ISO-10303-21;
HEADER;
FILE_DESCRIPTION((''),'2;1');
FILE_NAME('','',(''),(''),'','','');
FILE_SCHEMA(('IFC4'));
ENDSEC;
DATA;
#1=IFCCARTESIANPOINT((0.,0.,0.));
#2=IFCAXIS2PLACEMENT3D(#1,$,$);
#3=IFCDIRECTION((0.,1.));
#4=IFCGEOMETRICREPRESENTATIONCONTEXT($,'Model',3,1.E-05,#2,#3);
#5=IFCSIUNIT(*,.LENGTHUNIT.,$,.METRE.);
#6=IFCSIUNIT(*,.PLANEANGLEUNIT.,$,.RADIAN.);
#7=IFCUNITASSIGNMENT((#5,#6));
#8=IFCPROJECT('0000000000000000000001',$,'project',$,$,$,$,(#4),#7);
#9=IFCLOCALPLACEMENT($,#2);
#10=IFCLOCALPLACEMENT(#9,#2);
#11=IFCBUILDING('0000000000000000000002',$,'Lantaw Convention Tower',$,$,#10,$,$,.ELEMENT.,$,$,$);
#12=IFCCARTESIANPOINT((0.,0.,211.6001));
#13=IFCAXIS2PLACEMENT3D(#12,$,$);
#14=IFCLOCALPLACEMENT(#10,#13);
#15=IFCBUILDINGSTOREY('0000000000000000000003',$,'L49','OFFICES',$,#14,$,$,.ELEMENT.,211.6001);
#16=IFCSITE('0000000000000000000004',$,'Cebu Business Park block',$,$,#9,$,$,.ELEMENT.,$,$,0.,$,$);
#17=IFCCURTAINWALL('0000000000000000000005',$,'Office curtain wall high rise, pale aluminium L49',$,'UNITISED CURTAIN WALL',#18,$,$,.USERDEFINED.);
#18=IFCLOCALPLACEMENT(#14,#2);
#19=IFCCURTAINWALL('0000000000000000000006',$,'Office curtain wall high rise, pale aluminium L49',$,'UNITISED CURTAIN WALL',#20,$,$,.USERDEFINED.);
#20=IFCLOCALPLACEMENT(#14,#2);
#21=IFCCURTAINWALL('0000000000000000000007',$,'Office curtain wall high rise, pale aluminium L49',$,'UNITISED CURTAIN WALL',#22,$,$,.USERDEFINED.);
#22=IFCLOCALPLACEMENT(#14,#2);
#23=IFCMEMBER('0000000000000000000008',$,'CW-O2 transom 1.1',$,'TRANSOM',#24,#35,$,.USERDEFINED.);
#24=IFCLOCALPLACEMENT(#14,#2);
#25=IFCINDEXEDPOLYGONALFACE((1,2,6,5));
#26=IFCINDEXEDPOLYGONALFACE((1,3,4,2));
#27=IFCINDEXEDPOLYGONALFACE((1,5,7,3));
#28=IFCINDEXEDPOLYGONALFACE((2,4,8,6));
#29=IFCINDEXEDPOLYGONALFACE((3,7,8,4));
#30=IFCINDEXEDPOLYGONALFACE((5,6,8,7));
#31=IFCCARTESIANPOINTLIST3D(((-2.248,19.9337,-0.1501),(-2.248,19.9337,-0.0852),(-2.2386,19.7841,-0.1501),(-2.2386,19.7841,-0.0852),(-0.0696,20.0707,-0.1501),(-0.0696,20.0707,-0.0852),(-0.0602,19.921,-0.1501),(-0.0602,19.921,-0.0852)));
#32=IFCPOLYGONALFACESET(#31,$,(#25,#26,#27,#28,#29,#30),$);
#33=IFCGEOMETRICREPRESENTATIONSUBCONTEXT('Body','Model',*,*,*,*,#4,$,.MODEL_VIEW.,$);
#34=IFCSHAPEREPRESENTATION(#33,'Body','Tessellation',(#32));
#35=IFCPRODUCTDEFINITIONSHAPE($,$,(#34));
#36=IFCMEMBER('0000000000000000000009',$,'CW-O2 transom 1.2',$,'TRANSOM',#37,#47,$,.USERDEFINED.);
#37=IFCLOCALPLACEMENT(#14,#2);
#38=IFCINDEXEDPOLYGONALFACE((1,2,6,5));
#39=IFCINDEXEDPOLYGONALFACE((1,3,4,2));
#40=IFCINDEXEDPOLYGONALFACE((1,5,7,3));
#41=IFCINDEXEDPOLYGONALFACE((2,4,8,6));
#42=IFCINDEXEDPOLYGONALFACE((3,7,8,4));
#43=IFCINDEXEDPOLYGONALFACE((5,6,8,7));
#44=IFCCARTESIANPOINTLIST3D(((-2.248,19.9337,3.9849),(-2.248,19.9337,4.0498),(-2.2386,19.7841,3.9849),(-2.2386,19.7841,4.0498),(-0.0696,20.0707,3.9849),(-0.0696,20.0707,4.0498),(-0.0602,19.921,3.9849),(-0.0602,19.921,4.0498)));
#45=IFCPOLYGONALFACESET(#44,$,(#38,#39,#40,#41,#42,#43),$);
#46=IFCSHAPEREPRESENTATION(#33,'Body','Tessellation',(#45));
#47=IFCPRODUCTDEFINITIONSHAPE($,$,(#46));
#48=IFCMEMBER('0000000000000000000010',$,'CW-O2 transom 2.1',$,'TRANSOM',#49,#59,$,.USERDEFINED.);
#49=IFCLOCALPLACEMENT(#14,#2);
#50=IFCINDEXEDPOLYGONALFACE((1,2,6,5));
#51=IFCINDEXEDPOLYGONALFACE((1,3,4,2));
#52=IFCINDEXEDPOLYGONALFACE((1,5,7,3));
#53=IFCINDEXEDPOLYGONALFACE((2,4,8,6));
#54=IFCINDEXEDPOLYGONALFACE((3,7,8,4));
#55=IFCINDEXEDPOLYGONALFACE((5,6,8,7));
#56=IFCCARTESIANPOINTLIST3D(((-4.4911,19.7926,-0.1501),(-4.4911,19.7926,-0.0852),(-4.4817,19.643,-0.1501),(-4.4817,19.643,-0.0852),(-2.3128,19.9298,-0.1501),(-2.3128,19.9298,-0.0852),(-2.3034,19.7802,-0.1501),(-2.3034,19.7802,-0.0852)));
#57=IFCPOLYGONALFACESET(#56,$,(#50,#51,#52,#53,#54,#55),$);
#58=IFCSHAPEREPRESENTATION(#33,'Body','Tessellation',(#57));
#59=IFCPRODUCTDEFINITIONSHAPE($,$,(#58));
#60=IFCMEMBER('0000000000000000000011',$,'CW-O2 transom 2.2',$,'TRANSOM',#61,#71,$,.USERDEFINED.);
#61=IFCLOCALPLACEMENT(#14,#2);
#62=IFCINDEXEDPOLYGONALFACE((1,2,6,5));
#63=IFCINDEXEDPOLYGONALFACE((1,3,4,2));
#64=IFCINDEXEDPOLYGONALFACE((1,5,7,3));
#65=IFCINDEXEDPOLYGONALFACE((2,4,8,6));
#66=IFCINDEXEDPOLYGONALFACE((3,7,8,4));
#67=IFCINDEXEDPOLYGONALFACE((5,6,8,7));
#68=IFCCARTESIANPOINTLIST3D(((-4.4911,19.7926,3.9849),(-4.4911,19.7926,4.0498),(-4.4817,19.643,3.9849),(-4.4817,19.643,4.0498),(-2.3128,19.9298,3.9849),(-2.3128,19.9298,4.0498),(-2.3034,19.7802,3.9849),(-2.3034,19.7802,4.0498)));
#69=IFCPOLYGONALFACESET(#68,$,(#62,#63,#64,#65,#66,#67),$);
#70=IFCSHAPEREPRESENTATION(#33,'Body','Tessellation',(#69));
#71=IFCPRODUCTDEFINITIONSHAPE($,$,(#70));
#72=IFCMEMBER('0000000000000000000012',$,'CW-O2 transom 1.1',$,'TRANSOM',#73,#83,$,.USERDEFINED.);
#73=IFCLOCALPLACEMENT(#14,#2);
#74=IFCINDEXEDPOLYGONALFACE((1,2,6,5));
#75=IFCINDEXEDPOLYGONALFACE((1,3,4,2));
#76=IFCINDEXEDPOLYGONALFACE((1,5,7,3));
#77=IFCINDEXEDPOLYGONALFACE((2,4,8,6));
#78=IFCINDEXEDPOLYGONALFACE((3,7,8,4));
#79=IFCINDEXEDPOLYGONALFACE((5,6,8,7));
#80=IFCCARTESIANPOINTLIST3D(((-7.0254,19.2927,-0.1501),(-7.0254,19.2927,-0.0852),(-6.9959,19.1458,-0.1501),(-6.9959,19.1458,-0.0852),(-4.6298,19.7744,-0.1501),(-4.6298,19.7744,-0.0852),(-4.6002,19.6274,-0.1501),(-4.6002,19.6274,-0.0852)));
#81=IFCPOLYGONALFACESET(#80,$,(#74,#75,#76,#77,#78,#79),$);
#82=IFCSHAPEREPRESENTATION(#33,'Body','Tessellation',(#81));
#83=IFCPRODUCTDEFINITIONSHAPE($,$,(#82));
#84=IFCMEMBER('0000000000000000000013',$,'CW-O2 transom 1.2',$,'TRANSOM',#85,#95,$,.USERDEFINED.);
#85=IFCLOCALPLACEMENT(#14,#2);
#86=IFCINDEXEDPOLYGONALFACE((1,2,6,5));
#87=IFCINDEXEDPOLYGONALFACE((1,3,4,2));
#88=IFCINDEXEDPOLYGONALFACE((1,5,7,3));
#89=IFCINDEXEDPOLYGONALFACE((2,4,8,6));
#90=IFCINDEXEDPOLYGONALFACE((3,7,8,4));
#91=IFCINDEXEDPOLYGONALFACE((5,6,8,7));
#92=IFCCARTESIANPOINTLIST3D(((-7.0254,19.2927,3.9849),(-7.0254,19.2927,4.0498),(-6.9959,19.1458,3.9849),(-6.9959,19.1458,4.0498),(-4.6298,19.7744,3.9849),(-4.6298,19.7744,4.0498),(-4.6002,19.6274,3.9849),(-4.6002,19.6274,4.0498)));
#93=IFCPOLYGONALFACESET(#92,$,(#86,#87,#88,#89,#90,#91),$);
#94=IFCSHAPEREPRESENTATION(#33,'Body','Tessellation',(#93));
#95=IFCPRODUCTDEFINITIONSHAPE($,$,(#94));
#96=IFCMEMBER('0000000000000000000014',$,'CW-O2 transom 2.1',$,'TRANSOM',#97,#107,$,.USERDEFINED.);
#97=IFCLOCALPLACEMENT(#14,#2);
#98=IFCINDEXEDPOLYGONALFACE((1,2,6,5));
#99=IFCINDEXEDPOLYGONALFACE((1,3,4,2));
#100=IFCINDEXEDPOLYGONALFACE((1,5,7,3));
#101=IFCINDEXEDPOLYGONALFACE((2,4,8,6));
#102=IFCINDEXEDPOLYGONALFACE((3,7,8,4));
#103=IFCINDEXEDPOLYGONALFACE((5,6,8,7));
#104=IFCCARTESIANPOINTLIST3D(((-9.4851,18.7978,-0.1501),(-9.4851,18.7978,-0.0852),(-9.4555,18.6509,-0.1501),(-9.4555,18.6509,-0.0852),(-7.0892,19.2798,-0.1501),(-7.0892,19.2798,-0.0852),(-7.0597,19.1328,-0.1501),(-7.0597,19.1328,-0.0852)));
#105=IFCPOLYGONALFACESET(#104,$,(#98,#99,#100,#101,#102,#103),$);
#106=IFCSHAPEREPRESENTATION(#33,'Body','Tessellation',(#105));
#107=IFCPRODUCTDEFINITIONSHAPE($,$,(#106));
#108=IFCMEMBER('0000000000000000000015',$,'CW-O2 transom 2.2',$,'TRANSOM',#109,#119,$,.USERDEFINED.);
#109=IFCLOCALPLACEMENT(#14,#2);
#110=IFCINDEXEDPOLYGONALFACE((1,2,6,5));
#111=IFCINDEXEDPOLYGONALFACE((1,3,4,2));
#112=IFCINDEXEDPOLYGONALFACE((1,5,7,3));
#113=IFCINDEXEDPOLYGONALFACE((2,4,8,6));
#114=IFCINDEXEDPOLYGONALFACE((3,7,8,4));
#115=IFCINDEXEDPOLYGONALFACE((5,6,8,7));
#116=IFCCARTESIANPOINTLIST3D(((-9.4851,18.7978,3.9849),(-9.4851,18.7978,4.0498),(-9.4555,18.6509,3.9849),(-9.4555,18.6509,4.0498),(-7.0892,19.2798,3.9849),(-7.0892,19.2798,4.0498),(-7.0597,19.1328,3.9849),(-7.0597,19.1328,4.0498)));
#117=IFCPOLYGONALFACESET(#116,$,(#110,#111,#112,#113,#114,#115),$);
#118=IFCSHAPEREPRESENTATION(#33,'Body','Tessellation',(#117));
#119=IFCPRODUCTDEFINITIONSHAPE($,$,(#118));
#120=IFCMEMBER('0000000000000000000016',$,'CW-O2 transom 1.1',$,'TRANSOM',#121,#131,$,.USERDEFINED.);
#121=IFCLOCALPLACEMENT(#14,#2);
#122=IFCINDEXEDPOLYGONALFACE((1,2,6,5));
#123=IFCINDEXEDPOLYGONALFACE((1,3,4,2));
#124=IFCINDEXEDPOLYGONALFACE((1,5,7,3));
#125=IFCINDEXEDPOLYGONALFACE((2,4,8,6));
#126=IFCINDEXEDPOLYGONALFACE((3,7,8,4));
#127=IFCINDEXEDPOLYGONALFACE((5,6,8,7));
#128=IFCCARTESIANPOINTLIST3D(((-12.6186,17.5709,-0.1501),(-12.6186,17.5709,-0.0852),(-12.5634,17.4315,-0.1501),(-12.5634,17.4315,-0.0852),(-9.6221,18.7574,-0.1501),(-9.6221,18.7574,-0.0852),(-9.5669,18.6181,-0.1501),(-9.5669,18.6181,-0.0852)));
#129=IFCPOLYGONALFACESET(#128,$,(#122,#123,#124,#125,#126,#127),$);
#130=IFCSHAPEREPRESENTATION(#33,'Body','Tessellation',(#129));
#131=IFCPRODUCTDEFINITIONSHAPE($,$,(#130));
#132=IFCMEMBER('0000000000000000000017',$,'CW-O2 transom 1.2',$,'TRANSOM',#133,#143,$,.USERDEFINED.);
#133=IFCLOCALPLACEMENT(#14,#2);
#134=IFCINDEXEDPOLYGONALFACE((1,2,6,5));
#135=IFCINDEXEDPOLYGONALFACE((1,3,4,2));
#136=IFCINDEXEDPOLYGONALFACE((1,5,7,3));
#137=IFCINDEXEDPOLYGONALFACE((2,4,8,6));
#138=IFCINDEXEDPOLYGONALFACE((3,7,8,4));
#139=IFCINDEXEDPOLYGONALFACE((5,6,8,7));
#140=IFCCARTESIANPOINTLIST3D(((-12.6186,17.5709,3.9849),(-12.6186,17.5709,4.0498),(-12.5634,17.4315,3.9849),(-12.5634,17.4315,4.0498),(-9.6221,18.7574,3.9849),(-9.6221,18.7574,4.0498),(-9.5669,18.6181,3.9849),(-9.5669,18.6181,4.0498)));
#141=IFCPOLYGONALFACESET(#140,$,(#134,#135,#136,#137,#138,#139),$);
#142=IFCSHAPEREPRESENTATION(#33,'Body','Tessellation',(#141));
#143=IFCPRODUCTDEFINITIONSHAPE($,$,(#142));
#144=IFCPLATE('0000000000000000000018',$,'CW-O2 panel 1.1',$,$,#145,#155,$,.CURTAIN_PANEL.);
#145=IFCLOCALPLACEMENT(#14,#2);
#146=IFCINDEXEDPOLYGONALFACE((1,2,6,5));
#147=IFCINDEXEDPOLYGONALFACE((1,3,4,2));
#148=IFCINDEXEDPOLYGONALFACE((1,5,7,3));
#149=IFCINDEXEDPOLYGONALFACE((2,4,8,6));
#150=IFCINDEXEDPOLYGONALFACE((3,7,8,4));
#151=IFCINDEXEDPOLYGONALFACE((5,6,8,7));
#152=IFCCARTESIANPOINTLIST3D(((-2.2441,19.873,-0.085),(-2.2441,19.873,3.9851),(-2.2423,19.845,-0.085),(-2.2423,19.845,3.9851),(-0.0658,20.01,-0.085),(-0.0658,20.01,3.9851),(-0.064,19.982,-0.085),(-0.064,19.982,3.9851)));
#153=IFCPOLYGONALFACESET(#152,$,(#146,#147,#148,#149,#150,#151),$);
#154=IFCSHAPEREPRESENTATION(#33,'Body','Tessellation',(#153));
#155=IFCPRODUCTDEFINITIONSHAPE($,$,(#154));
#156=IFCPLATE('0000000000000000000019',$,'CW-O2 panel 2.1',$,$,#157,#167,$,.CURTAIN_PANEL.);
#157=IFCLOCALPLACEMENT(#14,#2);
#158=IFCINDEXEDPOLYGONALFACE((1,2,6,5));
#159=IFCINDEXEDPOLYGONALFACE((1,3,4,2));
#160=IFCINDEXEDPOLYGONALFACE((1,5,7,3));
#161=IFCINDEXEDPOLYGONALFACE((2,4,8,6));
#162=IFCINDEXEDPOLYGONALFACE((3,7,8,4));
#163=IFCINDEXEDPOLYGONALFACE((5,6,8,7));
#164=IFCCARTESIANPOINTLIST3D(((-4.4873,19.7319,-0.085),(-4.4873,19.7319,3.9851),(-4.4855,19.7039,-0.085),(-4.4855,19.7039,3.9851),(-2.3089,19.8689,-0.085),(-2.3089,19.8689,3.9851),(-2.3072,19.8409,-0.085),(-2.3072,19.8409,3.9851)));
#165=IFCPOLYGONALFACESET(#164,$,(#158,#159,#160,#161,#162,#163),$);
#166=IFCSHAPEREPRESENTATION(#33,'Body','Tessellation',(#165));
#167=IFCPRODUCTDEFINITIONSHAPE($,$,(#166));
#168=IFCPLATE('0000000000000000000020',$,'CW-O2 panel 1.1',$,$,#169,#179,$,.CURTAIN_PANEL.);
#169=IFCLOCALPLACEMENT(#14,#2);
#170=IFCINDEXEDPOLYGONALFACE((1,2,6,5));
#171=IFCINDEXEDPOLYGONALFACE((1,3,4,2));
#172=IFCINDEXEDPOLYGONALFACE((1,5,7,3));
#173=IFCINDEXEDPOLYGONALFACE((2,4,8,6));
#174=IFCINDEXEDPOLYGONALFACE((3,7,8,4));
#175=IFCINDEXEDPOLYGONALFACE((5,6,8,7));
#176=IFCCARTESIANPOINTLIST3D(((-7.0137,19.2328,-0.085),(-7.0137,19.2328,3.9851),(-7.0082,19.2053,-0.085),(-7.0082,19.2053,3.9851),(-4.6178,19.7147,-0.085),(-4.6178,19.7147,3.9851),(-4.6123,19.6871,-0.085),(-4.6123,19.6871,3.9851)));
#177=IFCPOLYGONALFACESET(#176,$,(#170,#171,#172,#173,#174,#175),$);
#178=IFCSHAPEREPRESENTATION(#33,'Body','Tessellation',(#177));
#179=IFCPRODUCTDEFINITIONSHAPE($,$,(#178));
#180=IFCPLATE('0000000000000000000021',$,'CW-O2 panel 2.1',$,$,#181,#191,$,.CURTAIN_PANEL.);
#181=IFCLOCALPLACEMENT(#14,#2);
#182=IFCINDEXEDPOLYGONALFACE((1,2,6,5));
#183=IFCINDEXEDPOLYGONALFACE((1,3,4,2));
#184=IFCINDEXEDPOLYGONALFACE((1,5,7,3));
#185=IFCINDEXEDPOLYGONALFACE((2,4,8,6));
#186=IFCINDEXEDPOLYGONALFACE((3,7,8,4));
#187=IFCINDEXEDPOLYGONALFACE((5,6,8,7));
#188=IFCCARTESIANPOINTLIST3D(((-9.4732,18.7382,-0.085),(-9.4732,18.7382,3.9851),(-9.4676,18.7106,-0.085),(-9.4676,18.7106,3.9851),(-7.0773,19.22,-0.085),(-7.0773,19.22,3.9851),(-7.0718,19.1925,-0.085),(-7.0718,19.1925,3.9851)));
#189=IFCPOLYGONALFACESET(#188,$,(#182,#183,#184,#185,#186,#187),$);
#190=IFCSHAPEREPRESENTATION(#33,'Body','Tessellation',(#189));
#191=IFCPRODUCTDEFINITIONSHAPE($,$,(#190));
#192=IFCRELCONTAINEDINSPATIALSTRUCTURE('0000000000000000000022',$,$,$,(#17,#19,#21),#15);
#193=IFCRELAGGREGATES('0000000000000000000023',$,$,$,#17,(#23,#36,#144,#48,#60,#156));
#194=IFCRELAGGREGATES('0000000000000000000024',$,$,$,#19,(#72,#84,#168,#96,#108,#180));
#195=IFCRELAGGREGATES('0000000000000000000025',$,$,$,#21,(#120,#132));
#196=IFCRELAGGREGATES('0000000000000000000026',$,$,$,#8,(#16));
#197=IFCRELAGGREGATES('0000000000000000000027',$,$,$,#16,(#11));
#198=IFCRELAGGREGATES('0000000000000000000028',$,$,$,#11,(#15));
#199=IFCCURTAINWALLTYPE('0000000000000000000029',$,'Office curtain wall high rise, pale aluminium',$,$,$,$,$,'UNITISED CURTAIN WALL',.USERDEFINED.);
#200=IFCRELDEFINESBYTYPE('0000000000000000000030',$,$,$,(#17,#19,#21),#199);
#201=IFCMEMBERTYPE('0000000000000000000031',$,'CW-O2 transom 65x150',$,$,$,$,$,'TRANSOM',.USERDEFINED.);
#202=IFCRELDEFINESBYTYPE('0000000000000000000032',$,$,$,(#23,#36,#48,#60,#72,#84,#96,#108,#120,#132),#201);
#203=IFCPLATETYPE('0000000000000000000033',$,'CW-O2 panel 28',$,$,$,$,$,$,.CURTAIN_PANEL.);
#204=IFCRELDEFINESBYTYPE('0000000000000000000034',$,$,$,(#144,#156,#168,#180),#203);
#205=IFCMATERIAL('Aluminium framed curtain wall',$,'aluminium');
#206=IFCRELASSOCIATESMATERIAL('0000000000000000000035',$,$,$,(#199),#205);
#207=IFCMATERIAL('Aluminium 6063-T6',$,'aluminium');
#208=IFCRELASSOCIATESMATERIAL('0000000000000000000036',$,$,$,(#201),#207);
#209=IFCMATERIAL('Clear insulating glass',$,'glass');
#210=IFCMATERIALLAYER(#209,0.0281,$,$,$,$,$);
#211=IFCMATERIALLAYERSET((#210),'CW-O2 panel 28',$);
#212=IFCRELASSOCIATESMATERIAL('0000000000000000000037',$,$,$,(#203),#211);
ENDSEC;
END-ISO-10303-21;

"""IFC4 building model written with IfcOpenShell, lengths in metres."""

from ifc_helpers import new_model, si_unit, direction, frame, origin, origin_2d, place, context, subcontext, project, spatial, rectangle, extrude, material, layer, layer_set, material_profile, profile_set, type_object, element, aggregate, save


model = new_model("IFC4")

# Units and contexts
model_context = context("Model", 3, precision=1e-05, world=origin(), true_north=direction((0.0, 1.0)))
body_context = subcontext(model_context, "Body", "Model", "MODEL_VIEW")
ifc_project = project(units=[si_unit("LENGTHUNIT", "METRE"), si_unit("PLANEANGLEUNIT", "RADIAN")], contexts=[model_context])

# Site, building, storey
site_placement = place(None, origin())
site = spatial("IfcSite", under=ifc_project, at=site_placement, Name="Cebu Business Park block", CompositionType="ELEMENT", RefElevation=0.0)
building_placement = place(site_placement, origin())
building = spatial("IfcBuilding", under=site, at=building_placement, Name="Lantaw Convention Tower", CompositionType="ELEMENT")
storey_placement = place(building_placement, frame((0.0, 0.0, 211.6001)))
storey = spatial("IfcBuildingStorey", under=building, at=storey_placement, Name="L49", Description="OFFICES", CompositionType="ELEMENT", Elevation=211.6001)

# Curtain walls
ifc_material_1 = material(Name="Aluminium framed curtain wall", Category="aluminium")
curtain_wall_type = type_object("IfcCurtainWallType", Name="Office curtain wall high rise, pale aluminium", ElementType="UNITISED CURTAIN WALL", PredefinedType="USERDEFINED", material=ifc_material_1)
curtain_wall_1_placement = place(storey_placement, origin())
curtain_wall_1 = element("IfcCurtainWall", 1, at=curtain_wall_1_placement, inside=storey, type_object=curtain_wall_type, Name="Office curtain wall high rise, pale aluminium L49", ObjectType="UNITISED CURTAIN WALL", PredefinedType="USERDEFINED")
ifc_material_2 = material(Name="Aluminium 6063-T6", Category="aluminium")
curtain_wall_2_placement = place(storey_placement, origin())
curtain_wall_2 = element("IfcCurtainWall", 2, at=curtain_wall_2_placement, inside=storey, type_object=curtain_wall_type, Name="Office curtain wall high rise, pale aluminium L49", ObjectType="UNITISED CURTAIN WALL", PredefinedType="USERDEFINED")

# Curtain wall
curtain_wall_3_placement = place(storey_placement, origin())
curtain_wall_3 = element("IfcCurtainWall", 3, at=curtain_wall_3_placement, inside=storey, type_object=curtain_wall_type, Name="Office curtain wall high rise, pale aluminium L49", ObjectType="UNITISED CURTAIN WALL", PredefinedType="USERDEFINED")

# Members
ifc_material_profile_1 = material_profile(ifc_material_2, rectangle(XDim=0.1499, YDim=0.0649, at=origin_2d()), Name="CW-O2 transom 65x150")
ifc_profile_set_1 = profile_set([ifc_material_profile_1], Name="Aluminium 6063-T6")
member_type_1 = type_object("IfcMemberType", Name="CW-O2 transom 65x150", ElementType="TRANSOM", PredefinedType="USERDEFINED", material=ifc_profile_set_1)
member_1_placement = place(storey_placement, frame((-0.0649, 19.9958, -0.1177), z_axis=(-0.998029, -0.062754, 0.0), x_axis=(0.062754, -0.998029, 0.0)))
member_1 = element("IfcMember", 4, at=member_1_placement, type_object=member_type_1, Name="CW-O2 transom 1.1", ObjectType="TRANSOM", PredefinedType="USERDEFINED", context=body_context, shape_type="SweptSolid", body=[
    extrude(rectangle(XDim=0.1499, YDim=0.0649, at=origin_2d()), origin(), (0.0, 0.0, 1.0), 2.1826),
])
member_2_placement = place(storey_placement, frame((-0.0649, 19.9958, 4.0173), z_axis=(-0.998029, -0.062754, 0.0), x_axis=(0.062754, -0.998029, 0.0)))
member_2 = element("IfcMember", 5, at=member_2_placement, type_object=member_type_1, Name="CW-O2 transom 1.2", ObjectType="TRANSOM", PredefinedType="USERDEFINED", context=body_context, shape_type="SweptSolid", body=[
    extrude(rectangle(XDim=0.1499, YDim=0.0649, at=origin_2d()), origin(), (0.0, 0.0, 1.0), 2.1826),
])
member_3_placement = place(storey_placement, frame((-2.3081, 19.855, -0.1177), z_axis=(-0.998022, -0.062866, 0.0), x_axis=(0.062866, -0.998022, 0.0)))
member_3 = element("IfcMember", 6, at=member_3_placement, type_object=member_type_1, Name="CW-O2 transom 2.1", ObjectType="TRANSOM", PredefinedType="USERDEFINED", context=body_context, shape_type="SweptSolid", body=[
    extrude(rectangle(XDim=0.1499, YDim=0.0649, at=origin_2d()), origin(), (0.0, 0.0, 1.0), 2.1826),
])
member_4_placement = place(storey_placement, frame((-2.3081, 19.855, 4.0173), z_axis=(-0.998022, -0.062866, 0.0), x_axis=(0.062866, -0.998022, 0.0)))
member_4 = element("IfcMember", 7, at=member_4_placement, type_object=member_type_1, Name="CW-O2 transom 2.2", ObjectType="TRANSOM", PredefinedType="USERDEFINED", context=body_context, shape_type="SweptSolid", body=[
    extrude(rectangle(XDim=0.1499, YDim=0.0649, at=origin_2d()), origin(), (0.0, 0.0, 1.0), 2.1826),
])
member_5_placement = place(storey_placement, frame((-4.615, 19.7009, -0.1177), z_axis=(-0.98038, -0.197115, 0.0), x_axis=(0.197115, -0.98038, 0.0)))
member_5 = element("IfcMember", 8, at=member_5_placement, type_object=member_type_1, Name="CW-O2 transom 1.1", ObjectType="TRANSOM", PredefinedType="USERDEFINED", context=body_context, shape_type="SweptSolid", body=[
    extrude(rectangle(XDim=0.1499, YDim=0.0649, at=origin_2d()), origin(), (0.0, 0.0, 1.0), 2.4436),
])
member_6_placement = place(storey_placement, frame((-4.615, 19.7009, 4.0173), z_axis=(-0.98038, -0.197115, 0.0), x_axis=(0.197115, -0.98038, 0.0)))
member_6 = element("IfcMember", 9, at=member_6_placement, type_object=member_type_1, Name="CW-O2 transom 1.2", ObjectType="TRANSOM", PredefinedType="USERDEFINED", context=body_context, shape_type="SweptSolid", body=[
    extrude(rectangle(XDim=0.1499, YDim=0.0649, at=origin_2d()), origin(), (0.0, 0.0, 1.0), 2.4436),
])
member_7_placement = place(storey_placement, frame((-7.0745, 19.2063, -0.1177), z_axis=(-0.980361, -0.197211, 0.0), x_axis=(0.197211, -0.980361, 0.0)))
member_7 = element("IfcMember", 10, at=member_7_placement, type_object=member_type_1, Name="CW-O2 transom 2.1", ObjectType="TRANSOM", PredefinedType="USERDEFINED", context=body_context, shape_type="SweptSolid", body=[
    extrude(rectangle(XDim=0.1499, YDim=0.0649, at=origin_2d()), origin(), (0.0, 0.0, 1.0), 2.4438),
])
member_8_placement = place(storey_placement, frame((-7.0745, 19.2063, 4.0173), z_axis=(-0.980361, -0.197211, 0.0), x_axis=(0.197211, -0.980361, 0.0)))
member_8 = element("IfcMember", 11, at=member_8_placement, type_object=member_type_1, Name="CW-O2 transom 2.2", ObjectType="TRANSOM", PredefinedType="USERDEFINED", context=body_context, shape_type="SweptSolid", body=[
    extrude(rectangle(XDim=0.1499, YDim=0.0649, at=origin_2d()), origin(), (0.0, 0.0, 1.0), 2.4438),
])
member_9_placement = place(storey_placement, frame((-9.5945, 18.6877, -0.1177), z_axis=(-0.929767, -0.368149, 0.0), x_axis=(0.368149, -0.929767, 0.0)))
member_9 = element("IfcMember", 12, at=member_9_placement, type_object=member_type_1, Name="CW-O2 transom 1.1", ObjectType="TRANSOM", PredefinedType="USERDEFINED", context=body_context, shape_type="SweptSolid", body=[
    extrude(rectangle(XDim=0.1499, YDim=0.0649, at=origin_2d()), origin(), (0.0, 0.0, 1.0), 3.2229),
])
member_10_placement = place(storey_placement, frame((-9.5945, 18.6877, 4.0173), z_axis=(-0.929767, -0.368149, 0.0), x_axis=(0.368149, -0.929767, 0.0)))
member_10 = element("IfcMember", 13, at=member_10_placement, type_object=member_type_1, Name="CW-O2 transom 1.2", ObjectType="TRANSOM", PredefinedType="USERDEFINED", context=body_context, shape_type="SweptSolid", body=[
    extrude(rectangle(XDim=0.1499, YDim=0.0649, at=origin_2d()), origin(), (0.0, 0.0, 1.0), 3.2229),
])

# Plates
ifc_material_3 = material(Name="Clear insulating glass", Category="glass")
ifc_layer_1 = layer(ifc_material_3, 0.0281)
ifc_layer_set_1 = layer_set([ifc_layer_1], Name="CW-O2 panel 28")
plate_type_1 = type_object("IfcPlateType", Name="CW-O2 panel 28", PredefinedType="CURTAIN_PANEL", material=ifc_layer_set_1)
plate_1_placement = place(storey_placement, frame((-1.1541, 19.9275, -0.085), z_axis=(0.0, 0.0, 1.0), x_axis=(-0.998029, -0.062758, 0.0)))
plate_1 = element("IfcPlate", 14, at=plate_1_placement, type_object=plate_type_1, Name="CW-O2 panel 1.1", PredefinedType="CURTAIN_PANEL", context=body_context, shape_type="SweptSolid", body=[
    extrude(rectangle(XDim=2.1826, YDim=0.0281, at=origin_2d()), origin(), (0.0, 0.0, 1.0), 4.0701),
])
plate_2_placement = place(storey_placement, frame((-3.3972, 19.7864, -0.085), z_axis=(0.0, 0.0, 1.0), x_axis=(-0.998029, -0.062758, 0.0)))
plate_2 = element("IfcPlate", 15, at=plate_2_placement, type_object=plate_type_1, Name="CW-O2 panel 2.1", PredefinedType="CURTAIN_PANEL", context=body_context, shape_type="SweptSolid", body=[
    extrude(rectangle(XDim=2.1826, YDim=0.0281, at=origin_2d()), origin(), (0.0, 0.0, 1.0), 4.0701),
])
aggregate(curtain_wall_1, [member_1, member_2, plate_1, member_3, member_4, plate_2])
plate_3_placement = place(storey_placement, frame((-5.813, 19.46, -0.085), z_axis=(0.0, 0.0, 1.0), x_axis=(-0.980367, -0.197183, 0.0)))
plate_3 = element("IfcPlate", 16, at=plate_3_placement, type_object=plate_type_1, Name="CW-O2 panel 1.1", PredefinedType="CURTAIN_PANEL", context=body_context, shape_type="SweptSolid", body=[
    extrude(rectangle(XDim=2.4438, YDim=0.0281, at=origin_2d()), origin(), (0.0, 0.0, 1.0), 4.0701),
])
plate_4_placement = place(storey_placement, frame((-8.2725, 18.9653, -0.085), z_axis=(0.0, 0.0, 1.0), x_axis=(-0.980367, -0.197183, 0.0)))
plate_4 = element("IfcPlate", 17, at=plate_4_placement, type_object=plate_type_1, Name="CW-O2 panel 2.1", PredefinedType="CURTAIN_PANEL", context=body_context, shape_type="SweptSolid", body=[
    extrude(rectangle(XDim=2.4438, YDim=0.0281, at=origin_2d()), origin(), (0.0, 0.0, 1.0), 4.0701),
])
aggregate(curtain_wall_2, [member_5, member_6, plate_3, member_7, member_8, plate_4])
aggregate(curtain_wall_3, [member_9, member_10])

save(model, "model.ifc")
